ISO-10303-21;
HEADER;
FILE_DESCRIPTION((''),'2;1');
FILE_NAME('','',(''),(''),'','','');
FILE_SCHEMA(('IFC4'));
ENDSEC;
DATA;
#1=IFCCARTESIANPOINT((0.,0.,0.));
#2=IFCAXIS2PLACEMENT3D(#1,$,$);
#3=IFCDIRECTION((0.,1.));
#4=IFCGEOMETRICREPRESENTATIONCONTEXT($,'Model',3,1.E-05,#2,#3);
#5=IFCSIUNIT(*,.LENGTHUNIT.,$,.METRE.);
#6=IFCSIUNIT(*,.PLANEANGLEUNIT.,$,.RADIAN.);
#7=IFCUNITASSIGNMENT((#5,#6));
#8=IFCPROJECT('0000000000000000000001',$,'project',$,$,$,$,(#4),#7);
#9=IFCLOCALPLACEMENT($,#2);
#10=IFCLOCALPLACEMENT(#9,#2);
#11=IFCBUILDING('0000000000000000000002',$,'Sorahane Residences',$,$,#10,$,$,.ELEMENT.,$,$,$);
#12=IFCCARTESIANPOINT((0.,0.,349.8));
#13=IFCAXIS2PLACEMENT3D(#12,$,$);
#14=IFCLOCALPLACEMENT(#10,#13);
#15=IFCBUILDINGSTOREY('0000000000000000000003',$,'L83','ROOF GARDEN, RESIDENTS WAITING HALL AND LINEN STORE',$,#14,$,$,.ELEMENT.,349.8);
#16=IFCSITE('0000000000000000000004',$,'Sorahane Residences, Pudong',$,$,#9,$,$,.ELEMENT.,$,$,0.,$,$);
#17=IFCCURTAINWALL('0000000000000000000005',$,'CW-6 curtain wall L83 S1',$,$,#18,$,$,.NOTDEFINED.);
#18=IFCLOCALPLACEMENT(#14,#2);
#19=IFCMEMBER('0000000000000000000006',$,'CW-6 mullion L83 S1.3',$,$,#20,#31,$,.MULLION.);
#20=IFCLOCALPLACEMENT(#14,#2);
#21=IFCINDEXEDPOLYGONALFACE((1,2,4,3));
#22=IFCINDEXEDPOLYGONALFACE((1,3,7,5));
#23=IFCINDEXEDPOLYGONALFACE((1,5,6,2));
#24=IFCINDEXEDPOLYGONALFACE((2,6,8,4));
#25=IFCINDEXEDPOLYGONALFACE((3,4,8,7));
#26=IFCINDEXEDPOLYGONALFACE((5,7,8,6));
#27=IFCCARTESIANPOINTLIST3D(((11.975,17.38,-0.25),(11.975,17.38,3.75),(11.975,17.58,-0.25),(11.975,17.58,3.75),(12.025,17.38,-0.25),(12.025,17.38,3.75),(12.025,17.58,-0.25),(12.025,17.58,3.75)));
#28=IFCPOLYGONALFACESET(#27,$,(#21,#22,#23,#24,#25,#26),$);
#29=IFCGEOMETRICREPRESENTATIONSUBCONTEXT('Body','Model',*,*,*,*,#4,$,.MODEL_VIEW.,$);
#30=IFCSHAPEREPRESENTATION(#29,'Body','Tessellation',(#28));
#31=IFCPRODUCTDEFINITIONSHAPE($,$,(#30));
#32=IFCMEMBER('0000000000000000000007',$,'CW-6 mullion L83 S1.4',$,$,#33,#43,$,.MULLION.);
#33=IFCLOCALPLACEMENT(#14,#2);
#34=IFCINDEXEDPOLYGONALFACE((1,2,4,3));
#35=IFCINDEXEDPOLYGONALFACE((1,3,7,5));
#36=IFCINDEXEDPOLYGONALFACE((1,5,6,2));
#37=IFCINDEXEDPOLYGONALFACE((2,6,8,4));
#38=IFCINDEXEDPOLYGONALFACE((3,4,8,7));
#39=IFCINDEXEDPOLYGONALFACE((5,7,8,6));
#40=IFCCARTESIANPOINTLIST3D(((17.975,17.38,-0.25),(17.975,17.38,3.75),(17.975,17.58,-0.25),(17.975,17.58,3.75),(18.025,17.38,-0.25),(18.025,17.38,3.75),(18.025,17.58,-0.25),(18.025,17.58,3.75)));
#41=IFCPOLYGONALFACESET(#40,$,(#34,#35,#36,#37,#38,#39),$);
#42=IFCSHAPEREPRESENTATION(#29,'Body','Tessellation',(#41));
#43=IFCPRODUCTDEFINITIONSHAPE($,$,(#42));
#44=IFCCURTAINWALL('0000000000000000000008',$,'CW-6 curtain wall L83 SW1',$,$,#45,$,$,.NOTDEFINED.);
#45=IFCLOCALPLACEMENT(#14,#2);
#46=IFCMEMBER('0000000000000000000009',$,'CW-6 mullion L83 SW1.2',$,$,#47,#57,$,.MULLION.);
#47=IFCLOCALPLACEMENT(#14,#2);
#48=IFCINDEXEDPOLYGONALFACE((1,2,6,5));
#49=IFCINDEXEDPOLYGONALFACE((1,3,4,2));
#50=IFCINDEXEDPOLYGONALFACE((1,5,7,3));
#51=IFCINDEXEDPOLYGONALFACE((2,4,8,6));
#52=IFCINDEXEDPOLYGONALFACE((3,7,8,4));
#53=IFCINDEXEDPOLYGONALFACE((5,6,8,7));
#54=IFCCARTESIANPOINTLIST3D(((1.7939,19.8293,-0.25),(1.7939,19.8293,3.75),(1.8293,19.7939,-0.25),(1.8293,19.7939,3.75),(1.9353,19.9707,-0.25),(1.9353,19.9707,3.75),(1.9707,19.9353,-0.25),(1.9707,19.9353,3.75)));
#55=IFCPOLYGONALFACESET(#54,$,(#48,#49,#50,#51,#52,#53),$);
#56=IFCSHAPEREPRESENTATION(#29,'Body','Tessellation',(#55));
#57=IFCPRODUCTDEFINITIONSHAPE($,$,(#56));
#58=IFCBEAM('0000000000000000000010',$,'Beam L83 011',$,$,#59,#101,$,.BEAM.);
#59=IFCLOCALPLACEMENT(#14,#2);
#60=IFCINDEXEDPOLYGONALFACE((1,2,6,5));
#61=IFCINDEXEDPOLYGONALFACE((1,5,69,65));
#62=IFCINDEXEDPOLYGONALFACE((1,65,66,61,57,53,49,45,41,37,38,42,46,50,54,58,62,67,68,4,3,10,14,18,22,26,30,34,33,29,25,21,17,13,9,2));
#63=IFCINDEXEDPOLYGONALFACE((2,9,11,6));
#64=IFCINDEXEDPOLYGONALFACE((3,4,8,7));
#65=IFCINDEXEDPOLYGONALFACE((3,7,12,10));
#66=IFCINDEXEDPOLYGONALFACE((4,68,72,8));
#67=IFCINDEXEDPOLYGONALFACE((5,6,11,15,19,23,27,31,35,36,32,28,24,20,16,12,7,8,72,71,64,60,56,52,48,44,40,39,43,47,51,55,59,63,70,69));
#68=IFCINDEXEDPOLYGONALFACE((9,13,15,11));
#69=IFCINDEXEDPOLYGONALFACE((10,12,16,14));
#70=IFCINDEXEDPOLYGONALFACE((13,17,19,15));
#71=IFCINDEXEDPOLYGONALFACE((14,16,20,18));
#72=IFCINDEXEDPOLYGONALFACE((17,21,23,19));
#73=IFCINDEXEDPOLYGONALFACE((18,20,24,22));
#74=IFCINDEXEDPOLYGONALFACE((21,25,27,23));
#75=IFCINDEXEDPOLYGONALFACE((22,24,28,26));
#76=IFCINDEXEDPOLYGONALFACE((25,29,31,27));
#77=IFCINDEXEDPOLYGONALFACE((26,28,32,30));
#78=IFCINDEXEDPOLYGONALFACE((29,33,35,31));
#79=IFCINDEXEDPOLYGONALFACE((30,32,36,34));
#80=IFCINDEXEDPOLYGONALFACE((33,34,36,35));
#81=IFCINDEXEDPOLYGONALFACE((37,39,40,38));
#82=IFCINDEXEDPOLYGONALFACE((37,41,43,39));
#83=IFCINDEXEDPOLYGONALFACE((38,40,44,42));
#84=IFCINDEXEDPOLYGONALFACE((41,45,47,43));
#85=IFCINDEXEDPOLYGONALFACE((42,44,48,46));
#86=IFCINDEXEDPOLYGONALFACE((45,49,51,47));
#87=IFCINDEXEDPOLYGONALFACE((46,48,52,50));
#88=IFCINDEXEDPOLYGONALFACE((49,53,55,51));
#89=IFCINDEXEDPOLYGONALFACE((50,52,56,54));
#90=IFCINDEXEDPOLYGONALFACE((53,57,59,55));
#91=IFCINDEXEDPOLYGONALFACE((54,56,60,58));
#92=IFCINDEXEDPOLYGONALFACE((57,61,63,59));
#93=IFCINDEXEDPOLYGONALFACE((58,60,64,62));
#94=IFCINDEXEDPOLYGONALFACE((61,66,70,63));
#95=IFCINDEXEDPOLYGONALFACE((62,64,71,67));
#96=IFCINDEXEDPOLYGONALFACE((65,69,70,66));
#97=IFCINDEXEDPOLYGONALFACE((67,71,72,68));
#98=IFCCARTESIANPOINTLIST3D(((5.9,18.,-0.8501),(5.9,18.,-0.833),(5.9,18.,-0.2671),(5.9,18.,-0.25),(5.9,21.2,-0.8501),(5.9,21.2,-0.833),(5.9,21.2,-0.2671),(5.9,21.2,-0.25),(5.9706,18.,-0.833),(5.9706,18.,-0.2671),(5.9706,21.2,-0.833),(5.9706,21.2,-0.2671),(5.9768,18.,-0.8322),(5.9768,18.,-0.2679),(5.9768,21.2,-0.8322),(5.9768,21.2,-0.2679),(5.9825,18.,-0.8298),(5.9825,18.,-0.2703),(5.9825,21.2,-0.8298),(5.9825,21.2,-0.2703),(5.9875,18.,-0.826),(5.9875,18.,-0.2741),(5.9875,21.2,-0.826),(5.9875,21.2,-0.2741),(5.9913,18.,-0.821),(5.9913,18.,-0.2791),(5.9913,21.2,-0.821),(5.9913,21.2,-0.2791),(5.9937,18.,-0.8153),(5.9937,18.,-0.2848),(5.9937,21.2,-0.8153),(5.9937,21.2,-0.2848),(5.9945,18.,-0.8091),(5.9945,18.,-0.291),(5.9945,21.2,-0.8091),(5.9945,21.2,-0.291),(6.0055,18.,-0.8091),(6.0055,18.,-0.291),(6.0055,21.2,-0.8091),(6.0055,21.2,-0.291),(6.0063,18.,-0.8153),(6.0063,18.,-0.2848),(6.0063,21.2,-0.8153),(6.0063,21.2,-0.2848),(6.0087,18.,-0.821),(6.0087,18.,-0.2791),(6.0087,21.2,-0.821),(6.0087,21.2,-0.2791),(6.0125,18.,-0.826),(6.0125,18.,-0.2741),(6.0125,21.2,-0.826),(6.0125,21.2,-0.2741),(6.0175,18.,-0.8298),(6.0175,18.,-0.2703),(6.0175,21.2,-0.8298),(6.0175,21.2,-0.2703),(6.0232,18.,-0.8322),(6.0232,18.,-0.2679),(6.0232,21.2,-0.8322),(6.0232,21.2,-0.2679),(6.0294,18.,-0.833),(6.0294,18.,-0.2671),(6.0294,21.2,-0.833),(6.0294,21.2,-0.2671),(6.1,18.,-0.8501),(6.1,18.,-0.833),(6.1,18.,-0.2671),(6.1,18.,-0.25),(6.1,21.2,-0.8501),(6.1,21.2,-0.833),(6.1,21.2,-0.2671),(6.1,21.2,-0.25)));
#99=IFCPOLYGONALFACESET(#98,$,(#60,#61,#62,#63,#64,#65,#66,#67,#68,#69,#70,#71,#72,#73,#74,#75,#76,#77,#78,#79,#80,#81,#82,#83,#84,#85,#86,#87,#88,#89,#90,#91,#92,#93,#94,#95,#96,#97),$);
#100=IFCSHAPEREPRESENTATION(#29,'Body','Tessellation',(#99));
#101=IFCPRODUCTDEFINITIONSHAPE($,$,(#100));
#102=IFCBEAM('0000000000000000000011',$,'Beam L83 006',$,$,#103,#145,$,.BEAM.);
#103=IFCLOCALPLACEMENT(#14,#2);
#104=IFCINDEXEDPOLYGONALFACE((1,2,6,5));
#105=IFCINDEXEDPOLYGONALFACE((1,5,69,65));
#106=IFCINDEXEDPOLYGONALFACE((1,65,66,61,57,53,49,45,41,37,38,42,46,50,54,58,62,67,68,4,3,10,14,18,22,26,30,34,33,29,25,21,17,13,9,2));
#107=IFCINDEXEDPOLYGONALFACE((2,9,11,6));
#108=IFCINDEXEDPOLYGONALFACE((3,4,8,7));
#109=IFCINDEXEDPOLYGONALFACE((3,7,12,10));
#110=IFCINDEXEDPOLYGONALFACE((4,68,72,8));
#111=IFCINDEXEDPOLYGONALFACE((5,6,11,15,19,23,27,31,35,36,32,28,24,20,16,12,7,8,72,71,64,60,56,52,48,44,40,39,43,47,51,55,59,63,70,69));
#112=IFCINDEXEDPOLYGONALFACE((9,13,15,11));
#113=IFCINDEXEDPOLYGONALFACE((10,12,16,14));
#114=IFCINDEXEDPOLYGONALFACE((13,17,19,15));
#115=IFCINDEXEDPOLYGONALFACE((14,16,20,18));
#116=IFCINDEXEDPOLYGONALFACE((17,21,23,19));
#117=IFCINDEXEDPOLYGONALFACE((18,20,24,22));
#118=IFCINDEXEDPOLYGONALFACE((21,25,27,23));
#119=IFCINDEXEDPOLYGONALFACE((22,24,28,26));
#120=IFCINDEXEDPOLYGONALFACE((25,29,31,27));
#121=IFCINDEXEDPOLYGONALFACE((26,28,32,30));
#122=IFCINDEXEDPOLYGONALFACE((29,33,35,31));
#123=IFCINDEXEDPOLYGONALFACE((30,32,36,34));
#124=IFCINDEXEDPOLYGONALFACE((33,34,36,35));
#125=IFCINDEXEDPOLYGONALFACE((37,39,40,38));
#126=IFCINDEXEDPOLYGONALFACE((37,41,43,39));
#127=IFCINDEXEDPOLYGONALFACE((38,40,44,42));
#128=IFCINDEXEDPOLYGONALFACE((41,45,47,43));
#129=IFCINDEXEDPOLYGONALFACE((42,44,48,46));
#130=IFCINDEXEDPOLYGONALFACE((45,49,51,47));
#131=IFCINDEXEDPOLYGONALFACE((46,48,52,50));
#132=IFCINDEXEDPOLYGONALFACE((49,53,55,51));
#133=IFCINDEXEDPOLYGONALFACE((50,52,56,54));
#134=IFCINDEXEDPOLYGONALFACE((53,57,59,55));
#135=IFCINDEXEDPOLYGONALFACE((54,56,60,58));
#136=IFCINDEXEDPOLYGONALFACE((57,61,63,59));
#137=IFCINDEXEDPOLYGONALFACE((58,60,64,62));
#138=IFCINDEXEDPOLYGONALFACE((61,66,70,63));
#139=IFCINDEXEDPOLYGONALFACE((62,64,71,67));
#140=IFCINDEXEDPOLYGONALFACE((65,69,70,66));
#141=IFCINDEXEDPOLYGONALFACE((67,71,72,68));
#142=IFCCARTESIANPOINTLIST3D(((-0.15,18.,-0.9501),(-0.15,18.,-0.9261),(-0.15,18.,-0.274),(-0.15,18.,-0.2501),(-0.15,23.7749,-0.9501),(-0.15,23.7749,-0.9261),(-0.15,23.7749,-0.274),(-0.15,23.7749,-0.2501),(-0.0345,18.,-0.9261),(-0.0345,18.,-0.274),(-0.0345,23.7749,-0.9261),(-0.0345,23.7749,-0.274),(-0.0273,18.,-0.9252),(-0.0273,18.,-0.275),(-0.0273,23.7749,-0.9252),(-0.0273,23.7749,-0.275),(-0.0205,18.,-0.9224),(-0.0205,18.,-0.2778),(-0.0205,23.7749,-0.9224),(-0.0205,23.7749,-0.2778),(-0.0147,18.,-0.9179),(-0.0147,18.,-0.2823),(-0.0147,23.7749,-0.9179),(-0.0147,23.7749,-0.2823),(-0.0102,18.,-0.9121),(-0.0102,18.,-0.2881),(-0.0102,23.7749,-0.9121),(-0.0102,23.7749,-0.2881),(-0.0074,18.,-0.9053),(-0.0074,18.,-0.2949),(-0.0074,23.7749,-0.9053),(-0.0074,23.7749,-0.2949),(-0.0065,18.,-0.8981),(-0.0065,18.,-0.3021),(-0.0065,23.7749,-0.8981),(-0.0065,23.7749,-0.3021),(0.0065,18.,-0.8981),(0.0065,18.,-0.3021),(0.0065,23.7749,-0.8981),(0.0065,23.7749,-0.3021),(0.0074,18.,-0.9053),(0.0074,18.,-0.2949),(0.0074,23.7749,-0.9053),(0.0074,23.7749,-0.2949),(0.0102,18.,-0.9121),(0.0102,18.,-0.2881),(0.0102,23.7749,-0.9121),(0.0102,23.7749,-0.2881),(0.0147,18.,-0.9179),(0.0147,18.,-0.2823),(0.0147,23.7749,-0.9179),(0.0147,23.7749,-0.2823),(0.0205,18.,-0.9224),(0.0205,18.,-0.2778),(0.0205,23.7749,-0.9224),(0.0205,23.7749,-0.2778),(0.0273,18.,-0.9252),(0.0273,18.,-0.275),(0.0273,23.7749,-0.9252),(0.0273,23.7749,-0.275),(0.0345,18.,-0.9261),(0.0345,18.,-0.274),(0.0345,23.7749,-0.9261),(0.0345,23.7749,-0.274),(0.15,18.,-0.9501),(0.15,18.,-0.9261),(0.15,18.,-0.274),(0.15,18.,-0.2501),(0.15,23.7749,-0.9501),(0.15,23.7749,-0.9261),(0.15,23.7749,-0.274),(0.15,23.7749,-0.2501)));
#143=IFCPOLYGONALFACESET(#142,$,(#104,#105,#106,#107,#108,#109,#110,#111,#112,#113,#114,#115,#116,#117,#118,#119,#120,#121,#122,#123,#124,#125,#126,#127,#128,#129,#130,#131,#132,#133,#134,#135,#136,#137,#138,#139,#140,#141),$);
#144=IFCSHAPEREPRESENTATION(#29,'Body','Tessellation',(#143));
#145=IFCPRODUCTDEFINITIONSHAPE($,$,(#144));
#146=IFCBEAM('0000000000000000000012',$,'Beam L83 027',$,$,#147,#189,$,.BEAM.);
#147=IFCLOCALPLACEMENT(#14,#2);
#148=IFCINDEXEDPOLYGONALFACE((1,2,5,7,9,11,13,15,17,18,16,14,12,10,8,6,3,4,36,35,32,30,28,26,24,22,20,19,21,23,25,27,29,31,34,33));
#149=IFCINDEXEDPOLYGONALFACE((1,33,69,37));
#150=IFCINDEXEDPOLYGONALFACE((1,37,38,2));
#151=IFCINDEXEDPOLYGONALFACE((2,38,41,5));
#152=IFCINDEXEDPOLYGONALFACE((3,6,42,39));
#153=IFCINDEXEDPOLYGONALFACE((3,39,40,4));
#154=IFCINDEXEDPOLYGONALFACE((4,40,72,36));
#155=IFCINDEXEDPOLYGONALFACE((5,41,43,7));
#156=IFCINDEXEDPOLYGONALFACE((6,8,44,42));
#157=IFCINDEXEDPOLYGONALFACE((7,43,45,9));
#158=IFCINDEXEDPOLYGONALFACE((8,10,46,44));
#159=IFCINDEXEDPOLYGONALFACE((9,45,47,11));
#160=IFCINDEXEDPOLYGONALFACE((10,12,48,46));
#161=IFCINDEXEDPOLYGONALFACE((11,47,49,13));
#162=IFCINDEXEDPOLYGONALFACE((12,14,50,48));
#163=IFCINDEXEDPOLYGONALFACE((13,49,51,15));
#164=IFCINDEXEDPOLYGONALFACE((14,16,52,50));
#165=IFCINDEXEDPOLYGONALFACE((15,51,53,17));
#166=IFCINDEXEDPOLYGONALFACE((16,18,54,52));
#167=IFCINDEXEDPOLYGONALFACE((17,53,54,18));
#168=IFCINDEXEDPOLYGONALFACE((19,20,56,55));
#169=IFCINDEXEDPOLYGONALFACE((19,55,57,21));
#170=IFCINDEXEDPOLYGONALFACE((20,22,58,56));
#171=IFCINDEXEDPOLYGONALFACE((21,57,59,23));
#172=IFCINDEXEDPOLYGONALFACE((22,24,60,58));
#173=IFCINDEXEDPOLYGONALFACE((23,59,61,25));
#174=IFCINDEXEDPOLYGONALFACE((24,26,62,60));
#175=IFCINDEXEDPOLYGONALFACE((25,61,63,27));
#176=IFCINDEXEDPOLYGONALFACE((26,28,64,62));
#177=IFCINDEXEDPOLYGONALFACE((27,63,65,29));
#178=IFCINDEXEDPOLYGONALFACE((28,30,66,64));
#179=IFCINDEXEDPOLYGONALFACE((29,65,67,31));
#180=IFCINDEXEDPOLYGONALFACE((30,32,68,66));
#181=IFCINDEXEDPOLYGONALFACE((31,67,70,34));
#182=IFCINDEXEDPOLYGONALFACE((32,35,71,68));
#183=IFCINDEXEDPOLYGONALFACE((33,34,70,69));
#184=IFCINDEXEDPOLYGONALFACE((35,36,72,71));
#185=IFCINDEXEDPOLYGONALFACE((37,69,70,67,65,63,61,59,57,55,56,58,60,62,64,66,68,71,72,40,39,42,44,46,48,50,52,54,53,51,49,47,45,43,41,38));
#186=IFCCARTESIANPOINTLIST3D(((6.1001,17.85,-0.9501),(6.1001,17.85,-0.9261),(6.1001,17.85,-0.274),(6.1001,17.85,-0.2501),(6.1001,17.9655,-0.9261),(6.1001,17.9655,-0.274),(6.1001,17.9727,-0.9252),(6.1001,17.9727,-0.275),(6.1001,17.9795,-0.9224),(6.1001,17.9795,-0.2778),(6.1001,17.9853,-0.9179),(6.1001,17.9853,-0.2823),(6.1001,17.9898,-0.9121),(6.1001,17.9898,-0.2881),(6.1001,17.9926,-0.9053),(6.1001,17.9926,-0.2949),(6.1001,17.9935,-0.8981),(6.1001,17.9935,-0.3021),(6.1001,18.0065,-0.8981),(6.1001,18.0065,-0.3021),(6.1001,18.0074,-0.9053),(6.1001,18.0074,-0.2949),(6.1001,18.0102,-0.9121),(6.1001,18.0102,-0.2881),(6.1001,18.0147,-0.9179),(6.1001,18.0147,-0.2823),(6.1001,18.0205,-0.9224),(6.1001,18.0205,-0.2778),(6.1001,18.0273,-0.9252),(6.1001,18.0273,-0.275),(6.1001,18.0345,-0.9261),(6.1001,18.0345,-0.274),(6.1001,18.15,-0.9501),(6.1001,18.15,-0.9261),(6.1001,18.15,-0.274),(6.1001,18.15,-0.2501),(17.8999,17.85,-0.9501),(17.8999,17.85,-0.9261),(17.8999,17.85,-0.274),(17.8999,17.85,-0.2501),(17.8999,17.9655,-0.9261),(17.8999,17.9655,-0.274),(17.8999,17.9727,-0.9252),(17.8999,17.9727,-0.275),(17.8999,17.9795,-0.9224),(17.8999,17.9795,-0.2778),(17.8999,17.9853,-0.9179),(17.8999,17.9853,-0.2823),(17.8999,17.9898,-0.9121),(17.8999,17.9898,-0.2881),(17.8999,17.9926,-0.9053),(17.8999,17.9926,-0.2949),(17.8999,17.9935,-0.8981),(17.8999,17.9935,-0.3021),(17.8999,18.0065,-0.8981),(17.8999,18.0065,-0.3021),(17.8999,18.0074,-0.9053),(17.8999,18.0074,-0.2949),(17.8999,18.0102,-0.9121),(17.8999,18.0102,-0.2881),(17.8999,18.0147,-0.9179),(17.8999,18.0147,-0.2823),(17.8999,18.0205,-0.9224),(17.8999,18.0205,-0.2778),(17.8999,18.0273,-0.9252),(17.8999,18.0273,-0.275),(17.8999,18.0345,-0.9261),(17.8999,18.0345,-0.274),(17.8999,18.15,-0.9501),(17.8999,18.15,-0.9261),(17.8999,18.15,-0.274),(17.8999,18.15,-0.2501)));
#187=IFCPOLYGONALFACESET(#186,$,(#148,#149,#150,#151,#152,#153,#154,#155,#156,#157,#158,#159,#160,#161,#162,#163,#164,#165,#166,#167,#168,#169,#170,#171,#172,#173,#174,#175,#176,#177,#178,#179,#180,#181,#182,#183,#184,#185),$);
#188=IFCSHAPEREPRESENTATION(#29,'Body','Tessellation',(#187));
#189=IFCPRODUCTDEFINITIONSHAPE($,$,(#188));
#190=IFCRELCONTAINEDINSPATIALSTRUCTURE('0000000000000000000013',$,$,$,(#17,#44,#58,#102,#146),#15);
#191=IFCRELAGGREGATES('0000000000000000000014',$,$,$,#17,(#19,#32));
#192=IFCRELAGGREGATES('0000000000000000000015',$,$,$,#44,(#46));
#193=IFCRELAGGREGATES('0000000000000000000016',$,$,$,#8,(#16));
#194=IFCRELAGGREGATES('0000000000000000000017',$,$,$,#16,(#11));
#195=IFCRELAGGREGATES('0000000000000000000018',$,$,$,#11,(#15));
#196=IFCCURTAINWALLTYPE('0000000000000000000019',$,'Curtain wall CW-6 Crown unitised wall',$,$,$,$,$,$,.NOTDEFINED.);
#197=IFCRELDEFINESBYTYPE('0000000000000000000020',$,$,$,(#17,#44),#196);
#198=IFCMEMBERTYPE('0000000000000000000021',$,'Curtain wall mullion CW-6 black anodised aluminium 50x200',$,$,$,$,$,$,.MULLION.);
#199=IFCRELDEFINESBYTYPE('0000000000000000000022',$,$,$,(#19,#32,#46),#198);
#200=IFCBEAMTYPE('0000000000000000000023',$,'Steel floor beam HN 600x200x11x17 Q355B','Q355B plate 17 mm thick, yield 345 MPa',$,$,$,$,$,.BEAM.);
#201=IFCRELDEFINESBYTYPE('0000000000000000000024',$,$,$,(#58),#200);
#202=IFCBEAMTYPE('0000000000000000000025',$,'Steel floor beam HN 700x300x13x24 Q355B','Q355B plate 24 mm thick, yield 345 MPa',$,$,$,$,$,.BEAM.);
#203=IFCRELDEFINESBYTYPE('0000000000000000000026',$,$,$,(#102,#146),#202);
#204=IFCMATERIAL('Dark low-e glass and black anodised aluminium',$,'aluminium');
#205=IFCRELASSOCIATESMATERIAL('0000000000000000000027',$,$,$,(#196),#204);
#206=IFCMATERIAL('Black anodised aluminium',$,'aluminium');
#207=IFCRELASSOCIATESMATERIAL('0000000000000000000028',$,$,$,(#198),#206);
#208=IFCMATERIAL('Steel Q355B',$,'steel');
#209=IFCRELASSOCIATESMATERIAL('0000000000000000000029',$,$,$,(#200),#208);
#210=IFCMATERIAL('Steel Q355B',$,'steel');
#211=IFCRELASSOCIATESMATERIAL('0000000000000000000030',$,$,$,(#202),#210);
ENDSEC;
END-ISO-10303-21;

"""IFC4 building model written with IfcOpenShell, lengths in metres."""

from ifc_helpers import new_model, si_unit, direction, frame, origin, origin_2d, place, context, subcontext, project, spatial, rectangle, i_section, extrude, material, material_profile, profile_set, type_object, element, aggregate, save


model = new_model("IFC4")

# Units and contexts
model_context = context("Model", 3, precision=1e-05, world=origin(), true_north=direction((0.0, 1.0)))
body_context = subcontext(model_context, "Body", "Model", "MODEL_VIEW")
ifc_project = project(units=[si_unit("LENGTHUNIT", "METRE"), si_unit("PLANEANGLEUNIT", "RADIAN")], contexts=[model_context])

# Site, building, storey
site_placement = place(None, origin())
site = spatial("IfcSite", under=ifc_project, at=site_placement, Name="Sorahane Residences, Pudong", CompositionType="ELEMENT", RefElevation=0.0)
building_placement = place(site_placement, origin())
building = spatial("IfcBuilding", under=site, at=building_placement, Name="Sorahane Residences", CompositionType="ELEMENT")
storey_placement = place(building_placement, frame((0.0, 0.0, 349.8)))
storey = spatial("IfcBuildingStorey", under=building, at=storey_placement, Name="L83", Description="ROOF GARDEN, RESIDENTS WAITING HALL AND LINEN STORE", CompositionType="ELEMENT", Elevation=349.8)

# Curtain wall, members
ifc_material_1 = material(Name="Dark low-e glass and black anodised aluminium", Category="aluminium")
curtain_wall_type = type_object("IfcCurtainWallType", Name="Curtain wall CW-6 Crown unitised wall", PredefinedType="NOTDEFINED", material=ifc_material_1)
curtain_wall_1_placement = place(storey_placement, origin())
curtain_wall_1 = element("IfcCurtainWall", 1, at=curtain_wall_1_placement, inside=storey, type_object=curtain_wall_type, Name="CW-6 curtain wall L83 S1", PredefinedType="NOTDEFINED")
ifc_material_2 = material(Name="Black anodised aluminium", Category="aluminium")
ifc_material_profile_1 = material_profile(ifc_material_2, rectangle(XDim=0.2, YDim=0.05, at=origin_2d()), Name="Curtain wall mullion CW-6 black anodised aluminium 50x200")
ifc_profile_set_1 = profile_set([ifc_material_profile_1], Name="Black anodised aluminium")
member_type = type_object("IfcMemberType", Name="Curtain wall mullion CW-6 black anodised aluminium 50x200", PredefinedType="MULLION", material=ifc_profile_set_1)
member_1_placement = place(storey_placement, frame((12.0, 17.48, -0.25), z_axis=(0.0, 0.0, 1.0), x_axis=(0.0, -1.0, 0.0)))
member_1 = element("IfcMember", 2, at=member_1_placement, type_object=member_type, Name="CW-6 mullion L83 S1.3", PredefinedType="MULLION", context=body_context, shape_type="SweptSolid", body=[
    extrude(rectangle(XDim=0.2, YDim=0.05, at=origin_2d()), origin(), (0.0, 0.0, 1.0), 4.0),
])
member_2_placement = place(storey_placement, frame((18.0, 17.48, -0.25), z_axis=(0.0, 0.0, 1.0), x_axis=(0.0, -1.0, 0.0)))
member_2 = element("IfcMember", 3, at=member_2_placement, type_object=member_type, Name="CW-6 mullion L83 S1.4", PredefinedType="MULLION", context=body_context, shape_type="SweptSolid", body=[
    extrude(rectangle(XDim=0.2, YDim=0.05, at=origin_2d()), origin(), (0.0, 0.0, 1.0), 4.0),
])
aggregate(curtain_wall_1, [member_1, member_2])

# Curtain wall, member
curtain_wall_2_placement = place(storey_placement, origin())
curtain_wall_2 = element("IfcCurtainWall", 4, at=curtain_wall_2_placement, inside=storey, type_object=curtain_wall_type, Name="CW-6 curtain wall L83 SW1", PredefinedType="NOTDEFINED")
member_3_placement = place(storey_placement, frame((1.8823, 19.8823, -0.25), z_axis=(0.0, 0.0, 1.0), x_axis=(-0.707107, -0.707107, 0.0)))
member_3 = element("IfcMember", 5, at=member_3_placement, type_object=member_type, Name="CW-6 mullion L83 SW1.2", PredefinedType="MULLION", context=body_context, shape_type="SweptSolid", body=[
    extrude(rectangle(XDim=0.2, YDim=0.05, at=origin_2d()), origin(), (0.0, 0.0, 1.0), 4.0),
])

# Beams
ifc_material_3 = material(Name="Steel Q355B", Category="steel")
ifc_material_profile_2 = material_profile(ifc_material_3, i_section(OverallWidth=0.2, OverallDepth=0.6001, WebThickness=0.011, FlangeThickness=0.0171, FilletRadius=0.0239, at=origin_2d()), Name="HN 600x200x11x17")
ifc_profile_set_2 = profile_set([ifc_material_profile_2], Name="Steel Q355B")
beam_type_1 = type_object("IfcBeamType", Name="Steel floor beam HN 600x200x11x17 Q355B", Description="Q355B plate 17 mm thick, yield 345 MPa", PredefinedType="BEAM", material=ifc_profile_set_2)
beam_1_placement = place(storey_placement, frame((6.0, 18.0, -0.55), z_axis=(0.0, 1.0, 0.0), x_axis=(-1.0, 0.0, 0.0)))
element("IfcBeam", 6, at=beam_1_placement, inside=storey, type_object=beam_type_1, Name="Beam L83 011", PredefinedType="BEAM", context=body_context, shape_type="SweptSolid", body=[
    extrude(i_section(OverallWidth=0.2, OverallDepth=0.6001, WebThickness=0.011, FlangeThickness=0.0171, FilletRadius=0.0239, at=origin_2d()), origin(), (0.0, 0.0, 1.0), 3.2),
])
ifc_material_4 = material(Name="Steel Q355B", Category="steel")
ifc_material_profile_3 = material_profile(ifc_material_4, i_section(OverallWidth=0.3, OverallDepth=0.7, WebThickness=0.0129, FlangeThickness=0.0239, FilletRadius=0.0281, at=origin_2d()), Name="HN 700x300x13x24")
ifc_profile_set_3 = profile_set([ifc_material_profile_3], Name="Steel Q355B")
beam_type_2 = type_object("IfcBeamType", Name="Steel floor beam HN 700x300x13x24 Q355B", Description="Q355B plate 24 mm thick, yield 345 MPa", PredefinedType="BEAM", material=ifc_profile_set_3)
beam_2_placement = place(storey_placement, frame((0.0, 18.0, -0.6001), z_axis=(0.0, 1.0, 0.0), x_axis=(-1.0, 0.0, 0.0)))
element("IfcBeam", 7, at=beam_2_placement, inside=storey, type_object=beam_type_2, Name="Beam L83 006", PredefinedType="BEAM", context=body_context, shape_type="SweptSolid", body=[
    extrude(i_section(OverallWidth=0.3, OverallDepth=0.7, WebThickness=0.0129, FlangeThickness=0.0239, FilletRadius=0.0281, at=origin_2d()), origin(), (0.0, 0.0, 1.0), 5.7749),
])
beam_3_placement = place(storey_placement, frame((6.1001, 18.0, -0.6001), z_axis=(1.0, 0.0, 0.0), x_axis=(0.0, 1.0, 0.0)))
element("IfcBeam", 8, at=beam_3_placement, inside=storey, type_object=beam_type_2, Name="Beam L83 027", PredefinedType="BEAM", context=body_context, shape_type="SweptSolid", body=[
    extrude(i_section(OverallWidth=0.3, OverallDepth=0.7, WebThickness=0.0129, FlangeThickness=0.0239, FilletRadius=0.0281, at=origin_2d()), origin(), (0.0, 0.0, 1.0), 11.7998),
])

aggregate(curtain_wall_2, [member_3])

save(model, "model.ifc")
